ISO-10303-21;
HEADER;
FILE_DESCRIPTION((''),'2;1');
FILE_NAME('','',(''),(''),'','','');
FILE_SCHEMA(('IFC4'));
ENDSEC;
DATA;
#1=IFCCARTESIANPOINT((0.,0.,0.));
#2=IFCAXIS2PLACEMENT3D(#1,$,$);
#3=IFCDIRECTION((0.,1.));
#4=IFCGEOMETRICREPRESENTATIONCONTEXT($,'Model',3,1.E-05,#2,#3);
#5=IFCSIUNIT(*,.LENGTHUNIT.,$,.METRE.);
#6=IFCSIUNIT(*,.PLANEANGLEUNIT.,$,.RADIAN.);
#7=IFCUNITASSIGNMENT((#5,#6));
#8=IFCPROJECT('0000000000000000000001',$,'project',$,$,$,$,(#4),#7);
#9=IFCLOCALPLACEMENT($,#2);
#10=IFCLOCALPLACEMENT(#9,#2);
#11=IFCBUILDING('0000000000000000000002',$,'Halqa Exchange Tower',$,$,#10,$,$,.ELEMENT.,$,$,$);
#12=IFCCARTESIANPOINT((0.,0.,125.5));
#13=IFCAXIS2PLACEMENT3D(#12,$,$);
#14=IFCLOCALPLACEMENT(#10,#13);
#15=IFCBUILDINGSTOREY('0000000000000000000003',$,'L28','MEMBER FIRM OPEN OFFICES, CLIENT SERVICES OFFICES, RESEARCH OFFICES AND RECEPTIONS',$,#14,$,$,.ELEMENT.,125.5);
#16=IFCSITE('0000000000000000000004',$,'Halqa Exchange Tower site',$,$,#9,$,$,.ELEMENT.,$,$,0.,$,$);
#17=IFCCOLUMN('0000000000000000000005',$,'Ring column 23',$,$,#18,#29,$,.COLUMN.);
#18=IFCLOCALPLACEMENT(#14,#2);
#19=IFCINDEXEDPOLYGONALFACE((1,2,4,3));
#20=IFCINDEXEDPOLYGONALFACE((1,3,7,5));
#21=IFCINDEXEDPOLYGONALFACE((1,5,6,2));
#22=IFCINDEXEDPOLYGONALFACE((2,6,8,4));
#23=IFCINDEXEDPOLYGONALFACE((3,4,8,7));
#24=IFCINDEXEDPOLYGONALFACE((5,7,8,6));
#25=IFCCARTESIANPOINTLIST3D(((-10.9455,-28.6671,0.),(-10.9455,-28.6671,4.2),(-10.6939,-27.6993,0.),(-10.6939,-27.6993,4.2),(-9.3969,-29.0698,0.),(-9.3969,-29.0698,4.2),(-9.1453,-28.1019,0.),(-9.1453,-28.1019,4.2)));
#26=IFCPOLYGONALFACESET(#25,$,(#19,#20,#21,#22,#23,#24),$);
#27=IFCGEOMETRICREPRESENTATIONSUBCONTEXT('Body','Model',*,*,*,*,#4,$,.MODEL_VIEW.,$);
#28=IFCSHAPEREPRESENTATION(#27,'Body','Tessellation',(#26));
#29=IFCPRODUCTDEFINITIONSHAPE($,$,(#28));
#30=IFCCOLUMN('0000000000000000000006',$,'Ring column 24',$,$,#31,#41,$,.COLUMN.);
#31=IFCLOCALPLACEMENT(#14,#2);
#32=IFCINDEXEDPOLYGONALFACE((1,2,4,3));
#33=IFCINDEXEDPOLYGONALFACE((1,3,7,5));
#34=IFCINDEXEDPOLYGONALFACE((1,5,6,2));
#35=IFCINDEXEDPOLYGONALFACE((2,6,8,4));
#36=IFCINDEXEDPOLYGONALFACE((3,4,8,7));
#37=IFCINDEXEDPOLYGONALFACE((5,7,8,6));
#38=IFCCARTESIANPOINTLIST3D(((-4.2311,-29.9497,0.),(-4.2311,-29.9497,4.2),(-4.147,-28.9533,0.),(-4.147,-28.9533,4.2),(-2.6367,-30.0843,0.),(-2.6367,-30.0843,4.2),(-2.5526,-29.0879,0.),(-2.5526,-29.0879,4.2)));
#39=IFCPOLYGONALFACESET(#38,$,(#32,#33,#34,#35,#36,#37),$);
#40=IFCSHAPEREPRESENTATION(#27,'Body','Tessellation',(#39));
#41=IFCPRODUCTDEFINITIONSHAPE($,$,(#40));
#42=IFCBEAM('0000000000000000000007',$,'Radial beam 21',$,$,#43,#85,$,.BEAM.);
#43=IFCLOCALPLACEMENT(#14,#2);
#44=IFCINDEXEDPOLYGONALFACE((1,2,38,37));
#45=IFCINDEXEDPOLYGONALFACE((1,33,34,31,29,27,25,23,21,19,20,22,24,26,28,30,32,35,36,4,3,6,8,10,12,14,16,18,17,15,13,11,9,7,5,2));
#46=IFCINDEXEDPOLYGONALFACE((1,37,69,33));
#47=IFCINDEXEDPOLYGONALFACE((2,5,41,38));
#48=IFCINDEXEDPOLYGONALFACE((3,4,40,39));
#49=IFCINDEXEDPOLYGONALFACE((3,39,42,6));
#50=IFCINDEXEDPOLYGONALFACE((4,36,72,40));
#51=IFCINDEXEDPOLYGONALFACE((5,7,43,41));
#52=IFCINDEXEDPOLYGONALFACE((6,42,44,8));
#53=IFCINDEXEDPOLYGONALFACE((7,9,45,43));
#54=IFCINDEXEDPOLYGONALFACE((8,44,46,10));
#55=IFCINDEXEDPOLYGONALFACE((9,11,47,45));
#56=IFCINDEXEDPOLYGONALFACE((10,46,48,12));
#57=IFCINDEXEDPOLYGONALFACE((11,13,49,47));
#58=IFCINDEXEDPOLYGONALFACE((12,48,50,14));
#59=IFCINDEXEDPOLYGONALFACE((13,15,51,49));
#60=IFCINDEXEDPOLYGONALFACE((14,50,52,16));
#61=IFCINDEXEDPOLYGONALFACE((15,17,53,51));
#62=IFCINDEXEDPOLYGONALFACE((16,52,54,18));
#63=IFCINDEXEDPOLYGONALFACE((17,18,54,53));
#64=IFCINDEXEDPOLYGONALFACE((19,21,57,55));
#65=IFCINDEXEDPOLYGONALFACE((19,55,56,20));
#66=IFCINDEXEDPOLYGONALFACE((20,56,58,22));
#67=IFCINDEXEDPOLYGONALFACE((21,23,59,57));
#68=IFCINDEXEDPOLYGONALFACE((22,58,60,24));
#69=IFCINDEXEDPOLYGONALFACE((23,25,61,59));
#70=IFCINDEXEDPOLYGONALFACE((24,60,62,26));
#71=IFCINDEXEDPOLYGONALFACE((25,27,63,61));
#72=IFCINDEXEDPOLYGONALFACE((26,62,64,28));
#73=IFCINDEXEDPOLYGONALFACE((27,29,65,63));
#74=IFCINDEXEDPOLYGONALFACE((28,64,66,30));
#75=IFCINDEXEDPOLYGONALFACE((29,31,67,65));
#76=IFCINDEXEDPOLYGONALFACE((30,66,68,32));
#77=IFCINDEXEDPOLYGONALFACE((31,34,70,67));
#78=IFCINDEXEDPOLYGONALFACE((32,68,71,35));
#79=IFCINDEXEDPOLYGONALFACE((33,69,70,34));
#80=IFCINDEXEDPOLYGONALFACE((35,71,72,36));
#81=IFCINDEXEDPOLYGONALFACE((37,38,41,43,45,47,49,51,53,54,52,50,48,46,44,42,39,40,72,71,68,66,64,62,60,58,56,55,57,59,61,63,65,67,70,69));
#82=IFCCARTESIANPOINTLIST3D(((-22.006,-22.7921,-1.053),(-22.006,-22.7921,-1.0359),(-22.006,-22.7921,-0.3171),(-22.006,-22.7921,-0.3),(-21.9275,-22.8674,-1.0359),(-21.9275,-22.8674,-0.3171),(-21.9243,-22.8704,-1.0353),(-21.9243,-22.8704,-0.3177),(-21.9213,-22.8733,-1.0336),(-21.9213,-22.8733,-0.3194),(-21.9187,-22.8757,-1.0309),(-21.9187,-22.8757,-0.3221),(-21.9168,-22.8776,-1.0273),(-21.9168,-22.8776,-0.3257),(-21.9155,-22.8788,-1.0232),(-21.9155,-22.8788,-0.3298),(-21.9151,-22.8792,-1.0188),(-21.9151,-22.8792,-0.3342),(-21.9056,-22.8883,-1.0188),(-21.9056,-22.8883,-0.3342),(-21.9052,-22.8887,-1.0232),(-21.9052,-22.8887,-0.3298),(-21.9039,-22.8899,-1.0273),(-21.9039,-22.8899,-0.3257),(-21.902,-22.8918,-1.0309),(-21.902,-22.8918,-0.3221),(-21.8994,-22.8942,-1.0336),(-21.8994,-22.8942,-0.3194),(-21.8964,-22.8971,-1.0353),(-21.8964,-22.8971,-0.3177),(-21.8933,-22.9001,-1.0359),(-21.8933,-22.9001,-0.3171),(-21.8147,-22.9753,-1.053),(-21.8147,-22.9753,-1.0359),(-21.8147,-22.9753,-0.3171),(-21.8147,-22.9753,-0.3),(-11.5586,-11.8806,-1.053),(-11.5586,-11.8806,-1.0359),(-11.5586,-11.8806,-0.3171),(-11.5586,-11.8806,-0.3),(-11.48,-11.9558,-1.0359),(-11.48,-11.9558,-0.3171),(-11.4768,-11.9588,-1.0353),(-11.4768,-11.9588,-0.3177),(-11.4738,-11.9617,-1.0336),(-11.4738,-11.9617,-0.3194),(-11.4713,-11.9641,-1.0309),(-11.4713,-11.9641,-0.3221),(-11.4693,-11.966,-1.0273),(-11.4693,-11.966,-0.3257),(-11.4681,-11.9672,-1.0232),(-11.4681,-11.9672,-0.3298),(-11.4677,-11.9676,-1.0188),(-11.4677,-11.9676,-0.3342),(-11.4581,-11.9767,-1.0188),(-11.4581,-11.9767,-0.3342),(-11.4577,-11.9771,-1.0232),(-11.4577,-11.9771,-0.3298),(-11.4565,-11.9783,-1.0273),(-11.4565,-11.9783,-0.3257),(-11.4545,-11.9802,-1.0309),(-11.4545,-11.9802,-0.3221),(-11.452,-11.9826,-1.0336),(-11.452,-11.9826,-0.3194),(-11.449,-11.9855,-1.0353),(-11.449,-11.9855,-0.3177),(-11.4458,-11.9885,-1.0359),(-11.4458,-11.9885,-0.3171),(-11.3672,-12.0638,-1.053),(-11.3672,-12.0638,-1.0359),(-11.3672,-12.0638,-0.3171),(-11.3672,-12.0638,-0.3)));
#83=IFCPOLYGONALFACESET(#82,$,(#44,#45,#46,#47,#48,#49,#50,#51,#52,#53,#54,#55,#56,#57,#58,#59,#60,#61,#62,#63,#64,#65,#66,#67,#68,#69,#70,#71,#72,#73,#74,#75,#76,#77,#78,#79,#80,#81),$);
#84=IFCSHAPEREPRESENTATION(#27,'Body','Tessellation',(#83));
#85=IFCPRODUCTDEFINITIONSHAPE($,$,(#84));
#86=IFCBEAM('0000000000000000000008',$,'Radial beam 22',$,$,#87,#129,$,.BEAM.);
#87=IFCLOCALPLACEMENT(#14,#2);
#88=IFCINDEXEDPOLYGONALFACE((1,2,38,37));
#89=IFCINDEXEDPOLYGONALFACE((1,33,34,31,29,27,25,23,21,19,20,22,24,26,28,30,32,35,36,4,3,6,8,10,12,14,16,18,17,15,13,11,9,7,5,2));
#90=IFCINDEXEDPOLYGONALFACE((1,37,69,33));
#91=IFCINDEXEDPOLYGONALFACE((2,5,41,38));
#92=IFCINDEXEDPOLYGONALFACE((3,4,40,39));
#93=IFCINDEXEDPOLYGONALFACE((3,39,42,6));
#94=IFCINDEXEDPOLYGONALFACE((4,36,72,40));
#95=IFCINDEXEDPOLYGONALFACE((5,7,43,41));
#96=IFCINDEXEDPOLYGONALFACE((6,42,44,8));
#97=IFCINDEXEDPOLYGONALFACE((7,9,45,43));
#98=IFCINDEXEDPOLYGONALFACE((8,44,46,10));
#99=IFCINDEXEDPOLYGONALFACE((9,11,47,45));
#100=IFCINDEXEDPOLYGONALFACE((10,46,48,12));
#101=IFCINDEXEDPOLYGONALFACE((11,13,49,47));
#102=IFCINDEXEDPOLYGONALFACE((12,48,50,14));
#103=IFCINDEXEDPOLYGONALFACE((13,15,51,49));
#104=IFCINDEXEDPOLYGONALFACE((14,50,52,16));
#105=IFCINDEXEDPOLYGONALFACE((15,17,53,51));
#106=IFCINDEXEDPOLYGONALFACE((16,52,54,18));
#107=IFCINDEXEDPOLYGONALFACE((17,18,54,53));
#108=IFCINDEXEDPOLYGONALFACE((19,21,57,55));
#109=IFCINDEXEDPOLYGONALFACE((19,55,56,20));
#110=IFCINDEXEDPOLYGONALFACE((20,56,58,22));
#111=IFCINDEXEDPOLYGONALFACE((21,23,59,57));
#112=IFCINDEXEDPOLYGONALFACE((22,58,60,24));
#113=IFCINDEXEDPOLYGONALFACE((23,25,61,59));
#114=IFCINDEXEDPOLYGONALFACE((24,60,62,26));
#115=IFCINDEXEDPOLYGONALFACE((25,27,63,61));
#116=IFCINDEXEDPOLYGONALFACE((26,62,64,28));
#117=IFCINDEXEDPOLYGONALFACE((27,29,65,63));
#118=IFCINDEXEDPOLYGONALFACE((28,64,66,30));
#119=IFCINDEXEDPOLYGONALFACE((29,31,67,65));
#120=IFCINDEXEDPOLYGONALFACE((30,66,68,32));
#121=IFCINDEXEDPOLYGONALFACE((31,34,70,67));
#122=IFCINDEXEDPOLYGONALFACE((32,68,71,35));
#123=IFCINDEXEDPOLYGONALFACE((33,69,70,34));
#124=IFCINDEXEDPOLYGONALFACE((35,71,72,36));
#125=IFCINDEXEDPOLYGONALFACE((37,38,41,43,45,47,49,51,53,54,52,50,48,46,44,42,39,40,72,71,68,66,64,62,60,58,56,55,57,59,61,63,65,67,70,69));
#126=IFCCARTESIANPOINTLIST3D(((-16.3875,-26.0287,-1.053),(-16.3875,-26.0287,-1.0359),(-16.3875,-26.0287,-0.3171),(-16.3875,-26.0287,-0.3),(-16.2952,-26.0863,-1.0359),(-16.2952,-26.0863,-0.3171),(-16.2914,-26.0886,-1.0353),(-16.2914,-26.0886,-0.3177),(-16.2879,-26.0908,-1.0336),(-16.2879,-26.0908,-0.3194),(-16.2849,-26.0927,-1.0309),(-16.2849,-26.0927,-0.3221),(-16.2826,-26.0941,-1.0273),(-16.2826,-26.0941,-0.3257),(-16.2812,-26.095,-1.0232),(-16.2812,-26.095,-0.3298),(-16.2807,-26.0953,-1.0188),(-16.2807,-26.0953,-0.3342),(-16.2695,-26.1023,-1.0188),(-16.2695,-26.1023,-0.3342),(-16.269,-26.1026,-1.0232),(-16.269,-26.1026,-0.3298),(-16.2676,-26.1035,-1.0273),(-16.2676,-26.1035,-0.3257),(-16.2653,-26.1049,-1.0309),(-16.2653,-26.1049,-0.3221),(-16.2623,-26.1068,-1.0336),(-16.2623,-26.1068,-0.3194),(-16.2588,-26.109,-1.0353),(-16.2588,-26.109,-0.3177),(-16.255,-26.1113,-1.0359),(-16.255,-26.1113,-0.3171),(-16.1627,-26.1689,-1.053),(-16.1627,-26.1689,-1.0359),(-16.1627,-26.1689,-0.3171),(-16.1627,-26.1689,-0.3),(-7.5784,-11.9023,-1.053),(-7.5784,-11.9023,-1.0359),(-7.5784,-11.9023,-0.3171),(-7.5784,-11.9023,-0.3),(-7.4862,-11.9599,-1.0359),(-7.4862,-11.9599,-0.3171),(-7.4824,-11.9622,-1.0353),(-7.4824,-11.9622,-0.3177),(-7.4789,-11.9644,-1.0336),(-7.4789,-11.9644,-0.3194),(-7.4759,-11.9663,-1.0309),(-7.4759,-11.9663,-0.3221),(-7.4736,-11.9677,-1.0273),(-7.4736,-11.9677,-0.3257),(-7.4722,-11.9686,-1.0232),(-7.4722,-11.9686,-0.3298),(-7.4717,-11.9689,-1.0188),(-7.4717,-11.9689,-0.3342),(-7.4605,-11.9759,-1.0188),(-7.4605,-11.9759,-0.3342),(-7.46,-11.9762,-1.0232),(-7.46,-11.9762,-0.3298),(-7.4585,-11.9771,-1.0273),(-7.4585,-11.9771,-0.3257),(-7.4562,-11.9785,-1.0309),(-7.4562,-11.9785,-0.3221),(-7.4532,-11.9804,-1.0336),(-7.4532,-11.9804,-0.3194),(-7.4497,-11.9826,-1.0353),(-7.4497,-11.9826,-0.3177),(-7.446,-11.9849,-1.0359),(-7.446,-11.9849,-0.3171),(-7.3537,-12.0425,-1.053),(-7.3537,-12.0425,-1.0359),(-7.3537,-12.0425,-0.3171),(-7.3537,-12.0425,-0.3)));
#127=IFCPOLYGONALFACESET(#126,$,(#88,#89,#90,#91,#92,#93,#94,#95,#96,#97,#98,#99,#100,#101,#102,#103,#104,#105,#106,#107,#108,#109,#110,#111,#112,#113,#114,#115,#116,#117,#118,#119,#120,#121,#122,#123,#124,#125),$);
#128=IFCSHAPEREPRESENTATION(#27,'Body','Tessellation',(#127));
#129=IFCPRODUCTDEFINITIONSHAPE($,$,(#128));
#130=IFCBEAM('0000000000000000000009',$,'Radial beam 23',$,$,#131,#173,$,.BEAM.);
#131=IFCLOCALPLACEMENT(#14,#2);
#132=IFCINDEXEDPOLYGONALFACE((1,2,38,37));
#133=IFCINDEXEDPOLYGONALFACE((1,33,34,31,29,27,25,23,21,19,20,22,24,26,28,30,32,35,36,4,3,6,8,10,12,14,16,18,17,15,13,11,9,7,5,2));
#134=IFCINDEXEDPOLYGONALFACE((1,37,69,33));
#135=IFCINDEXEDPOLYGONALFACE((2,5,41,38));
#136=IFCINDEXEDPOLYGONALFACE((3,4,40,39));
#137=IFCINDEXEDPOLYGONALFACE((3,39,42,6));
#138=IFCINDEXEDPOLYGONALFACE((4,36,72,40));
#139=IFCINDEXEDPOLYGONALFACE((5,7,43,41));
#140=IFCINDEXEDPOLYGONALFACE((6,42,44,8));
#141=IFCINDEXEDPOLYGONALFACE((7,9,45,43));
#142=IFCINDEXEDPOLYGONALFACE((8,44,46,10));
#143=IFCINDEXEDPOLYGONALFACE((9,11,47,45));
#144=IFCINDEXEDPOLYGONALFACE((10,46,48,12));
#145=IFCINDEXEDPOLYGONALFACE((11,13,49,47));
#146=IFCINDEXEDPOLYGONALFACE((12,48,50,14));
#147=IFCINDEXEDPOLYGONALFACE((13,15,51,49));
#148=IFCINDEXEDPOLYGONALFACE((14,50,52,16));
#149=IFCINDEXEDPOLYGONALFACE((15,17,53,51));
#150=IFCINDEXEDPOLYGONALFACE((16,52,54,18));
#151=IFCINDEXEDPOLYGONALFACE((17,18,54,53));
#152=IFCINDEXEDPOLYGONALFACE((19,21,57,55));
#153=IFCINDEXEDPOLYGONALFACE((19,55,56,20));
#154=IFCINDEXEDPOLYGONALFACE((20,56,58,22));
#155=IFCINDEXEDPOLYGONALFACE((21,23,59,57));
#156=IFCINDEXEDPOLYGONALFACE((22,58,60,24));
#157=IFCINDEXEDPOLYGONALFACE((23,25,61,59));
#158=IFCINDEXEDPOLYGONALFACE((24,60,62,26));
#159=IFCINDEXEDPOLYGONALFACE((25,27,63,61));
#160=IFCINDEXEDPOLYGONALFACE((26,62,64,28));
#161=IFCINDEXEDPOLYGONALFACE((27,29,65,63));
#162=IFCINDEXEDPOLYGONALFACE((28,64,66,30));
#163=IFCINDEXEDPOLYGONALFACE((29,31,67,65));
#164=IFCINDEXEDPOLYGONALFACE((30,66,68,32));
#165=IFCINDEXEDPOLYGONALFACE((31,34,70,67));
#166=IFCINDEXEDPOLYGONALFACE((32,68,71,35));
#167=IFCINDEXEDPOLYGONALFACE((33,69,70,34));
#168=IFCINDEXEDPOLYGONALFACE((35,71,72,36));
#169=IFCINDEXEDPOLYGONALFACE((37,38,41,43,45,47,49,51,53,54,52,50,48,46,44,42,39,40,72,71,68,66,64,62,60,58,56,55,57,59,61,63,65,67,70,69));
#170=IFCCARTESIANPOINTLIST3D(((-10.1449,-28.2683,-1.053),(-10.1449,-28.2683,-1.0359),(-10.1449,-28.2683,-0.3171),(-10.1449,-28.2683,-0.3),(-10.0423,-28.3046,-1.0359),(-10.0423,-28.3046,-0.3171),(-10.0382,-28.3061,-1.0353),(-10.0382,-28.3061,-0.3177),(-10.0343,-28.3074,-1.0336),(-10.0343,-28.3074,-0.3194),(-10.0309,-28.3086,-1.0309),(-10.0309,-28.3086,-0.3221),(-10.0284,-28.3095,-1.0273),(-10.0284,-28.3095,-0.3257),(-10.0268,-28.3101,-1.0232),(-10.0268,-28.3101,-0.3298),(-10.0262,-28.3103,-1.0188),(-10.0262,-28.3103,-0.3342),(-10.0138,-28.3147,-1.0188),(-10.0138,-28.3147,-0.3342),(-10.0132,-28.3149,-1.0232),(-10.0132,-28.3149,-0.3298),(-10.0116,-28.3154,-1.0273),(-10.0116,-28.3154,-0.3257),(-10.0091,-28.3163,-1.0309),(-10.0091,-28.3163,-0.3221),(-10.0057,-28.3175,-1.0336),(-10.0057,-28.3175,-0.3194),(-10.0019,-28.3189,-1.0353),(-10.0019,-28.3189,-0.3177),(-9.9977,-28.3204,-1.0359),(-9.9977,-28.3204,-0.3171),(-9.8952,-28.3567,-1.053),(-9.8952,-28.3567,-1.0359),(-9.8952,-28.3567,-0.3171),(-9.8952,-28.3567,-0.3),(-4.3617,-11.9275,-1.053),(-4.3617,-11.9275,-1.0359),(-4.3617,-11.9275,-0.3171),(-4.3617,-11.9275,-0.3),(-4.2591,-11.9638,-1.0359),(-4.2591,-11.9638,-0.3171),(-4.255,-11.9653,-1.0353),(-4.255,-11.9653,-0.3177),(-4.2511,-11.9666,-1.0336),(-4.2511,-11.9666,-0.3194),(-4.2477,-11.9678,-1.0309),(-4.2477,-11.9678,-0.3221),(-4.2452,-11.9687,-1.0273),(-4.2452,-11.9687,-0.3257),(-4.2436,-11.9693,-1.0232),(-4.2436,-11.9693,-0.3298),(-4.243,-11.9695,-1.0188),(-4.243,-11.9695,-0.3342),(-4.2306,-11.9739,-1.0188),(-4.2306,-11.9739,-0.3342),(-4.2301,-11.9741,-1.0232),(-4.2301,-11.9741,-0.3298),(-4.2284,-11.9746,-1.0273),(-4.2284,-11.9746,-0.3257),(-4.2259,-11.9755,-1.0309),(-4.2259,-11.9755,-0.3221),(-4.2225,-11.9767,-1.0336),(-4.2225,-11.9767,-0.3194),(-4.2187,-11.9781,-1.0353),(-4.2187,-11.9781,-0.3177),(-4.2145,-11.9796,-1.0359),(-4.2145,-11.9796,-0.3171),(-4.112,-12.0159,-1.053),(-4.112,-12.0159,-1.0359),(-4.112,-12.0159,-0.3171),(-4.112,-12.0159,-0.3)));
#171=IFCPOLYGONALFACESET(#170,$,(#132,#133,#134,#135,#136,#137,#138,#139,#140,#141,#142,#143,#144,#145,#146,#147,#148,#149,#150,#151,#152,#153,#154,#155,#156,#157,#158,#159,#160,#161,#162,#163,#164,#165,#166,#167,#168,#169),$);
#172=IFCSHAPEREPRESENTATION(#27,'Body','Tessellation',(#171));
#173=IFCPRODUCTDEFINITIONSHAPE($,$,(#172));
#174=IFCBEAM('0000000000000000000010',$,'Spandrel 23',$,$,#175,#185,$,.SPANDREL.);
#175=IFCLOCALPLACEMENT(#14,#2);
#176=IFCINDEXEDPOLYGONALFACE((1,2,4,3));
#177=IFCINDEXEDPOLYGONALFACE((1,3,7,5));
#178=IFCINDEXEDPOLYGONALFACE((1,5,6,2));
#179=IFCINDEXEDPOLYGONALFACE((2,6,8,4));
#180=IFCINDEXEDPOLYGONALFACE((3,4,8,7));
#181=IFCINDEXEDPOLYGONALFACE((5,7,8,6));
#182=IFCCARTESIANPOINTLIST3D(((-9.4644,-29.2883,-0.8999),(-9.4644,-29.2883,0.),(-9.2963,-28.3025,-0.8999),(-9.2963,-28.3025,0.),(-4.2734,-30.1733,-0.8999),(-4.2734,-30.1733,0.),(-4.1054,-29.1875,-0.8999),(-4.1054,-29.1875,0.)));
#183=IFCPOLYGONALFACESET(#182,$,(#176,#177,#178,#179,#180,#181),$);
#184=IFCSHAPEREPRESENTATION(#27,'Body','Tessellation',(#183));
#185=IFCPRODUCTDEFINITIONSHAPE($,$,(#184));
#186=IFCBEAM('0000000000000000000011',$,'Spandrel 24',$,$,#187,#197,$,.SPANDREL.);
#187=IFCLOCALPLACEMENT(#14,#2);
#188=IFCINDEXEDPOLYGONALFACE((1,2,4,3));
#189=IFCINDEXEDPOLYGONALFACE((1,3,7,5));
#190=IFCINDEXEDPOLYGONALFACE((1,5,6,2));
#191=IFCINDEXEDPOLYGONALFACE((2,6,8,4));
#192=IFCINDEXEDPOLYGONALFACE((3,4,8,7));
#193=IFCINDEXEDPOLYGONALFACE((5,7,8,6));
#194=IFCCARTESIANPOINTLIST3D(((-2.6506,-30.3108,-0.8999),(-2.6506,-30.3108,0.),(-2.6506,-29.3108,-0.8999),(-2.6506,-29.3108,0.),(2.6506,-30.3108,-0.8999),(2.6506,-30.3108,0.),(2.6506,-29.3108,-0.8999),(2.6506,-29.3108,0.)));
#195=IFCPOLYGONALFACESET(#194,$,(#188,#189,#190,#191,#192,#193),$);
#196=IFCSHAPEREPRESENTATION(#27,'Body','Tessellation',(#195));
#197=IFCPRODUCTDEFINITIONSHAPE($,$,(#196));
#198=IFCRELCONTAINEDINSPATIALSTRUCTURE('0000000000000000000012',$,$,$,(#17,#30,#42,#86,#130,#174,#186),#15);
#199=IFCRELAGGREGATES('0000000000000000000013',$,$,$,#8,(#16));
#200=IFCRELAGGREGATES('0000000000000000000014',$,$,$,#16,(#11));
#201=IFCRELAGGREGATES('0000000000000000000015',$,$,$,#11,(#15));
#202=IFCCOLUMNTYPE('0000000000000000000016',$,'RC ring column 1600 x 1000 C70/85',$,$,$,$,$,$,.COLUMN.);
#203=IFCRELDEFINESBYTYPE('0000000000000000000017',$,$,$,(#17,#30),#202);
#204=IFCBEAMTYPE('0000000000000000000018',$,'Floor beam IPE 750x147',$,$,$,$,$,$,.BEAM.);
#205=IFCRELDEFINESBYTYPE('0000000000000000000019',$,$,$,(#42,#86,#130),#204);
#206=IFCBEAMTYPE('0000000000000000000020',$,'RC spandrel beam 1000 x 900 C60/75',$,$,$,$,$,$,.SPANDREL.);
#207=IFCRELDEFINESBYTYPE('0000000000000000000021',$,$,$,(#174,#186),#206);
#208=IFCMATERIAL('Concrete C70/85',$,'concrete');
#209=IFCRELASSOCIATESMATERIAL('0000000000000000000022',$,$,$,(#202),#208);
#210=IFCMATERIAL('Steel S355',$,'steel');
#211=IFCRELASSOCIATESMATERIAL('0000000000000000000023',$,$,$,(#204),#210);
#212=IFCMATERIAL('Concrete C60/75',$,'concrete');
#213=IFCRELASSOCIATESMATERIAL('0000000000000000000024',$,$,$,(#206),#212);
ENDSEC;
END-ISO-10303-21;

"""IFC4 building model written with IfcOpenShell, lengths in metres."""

from ifc_helpers import new_model, si_unit, direction, frame, origin, origin_2d, place, context, subcontext, project, spatial, rectangle, i_section, extrude, material, material_profile, profile_set, type_object, element, save


model = new_model("IFC4")

# Units and contexts
model_context = context("Model", 3, precision=1e-05, world=origin(), true_north=direction((0.0, 1.0)))
body_context = subcontext(model_context, "Body", "Model", "MODEL_VIEW")
ifc_project = project(units=[si_unit("LENGTHUNIT", "METRE"), si_unit("PLANEANGLEUNIT", "RADIAN")], contexts=[model_context])

# Site, building, storey
site_placement = place(None, origin())
site = spatial("IfcSite", under=ifc_project, at=site_placement, Name="Halqa Exchange Tower site", CompositionType="ELEMENT", RefElevation=0.0)
building_placement = place(site_placement, origin())
building = spatial("IfcBuilding", under=site, at=building_placement, Name="Halqa Exchange Tower", CompositionType="ELEMENT")
storey_placement = place(building_placement, frame((0.0, 0.0, 125.5)))
storey = spatial("IfcBuildingStorey", under=building, at=storey_placement, Name="L28", Description="MEMBER FIRM OPEN OFFICES, CLIENT SERVICES OFFICES, RESEARCH OFFICES AND RECEPTIONS", CompositionType="ELEMENT", Elevation=125.5)

# Columns
ifc_material_1 = material(Name="Concrete C70/85", Category="concrete")
ifc_material_profile_1 = material_profile(ifc_material_1, rectangle(XDim=1.6001, YDim=1.0, at=origin_2d()), Name="1600 x 1000")
ifc_profile_set_1 = profile_set([ifc_material_profile_1], Name="Concrete C70/85")
column_type = type_object("IfcColumnType", Name="RC ring column 1600 x 1000 C70/85", PredefinedType="COLUMN", material=ifc_profile_set_1)
for number, where, z_axis, x_axis, name in (
    (1, (-10.0454, -28.3845, 0.0), (0.0, 0.0, 1.0), (0.96782, -0.251645, 0.0), "Ring column 23"),
    (2, (-3.3918, -29.5188, 0.0), (0.0, 0.0, 1.0), (0.996455, -0.084123, 0.0), "Ring column 24"),
):
    element("IfcColumn", number, at=place(storey_placement, frame(where, z_axis=z_axis, x_axis=x_axis)), inside=storey, type_object=column_type, Name=name, PredefinedType="COLUMN", context=body_context, shape_type="SweptSolid", body=[
        extrude(rectangle(XDim=1.6001, YDim=1.0, at=origin_2d()), origin(), (0.0, 0.0, 1.0), 4.2),
    ])

# Beams
ifc_material_2 = material(Name="Steel S355", Category="steel")
ifc_material_profile_2 = material_profile(ifc_material_2, i_section(OverallWidth=0.2649, OverallDepth=0.7529, WebThickness=0.0132, FlangeThickness=0.0171, FilletRadius=0.0171, at=origin_2d()), Name="IPE 750x147")
ifc_profile_set_2 = profile_set([ifc_material_profile_2], Name="Steel S355")
beam_type_1 = type_object("IfcBeamType", Name="Floor beam IPE 750x147", PredefinedType="BEAM", material=ifc_profile_set_2)
beam_1_placement = place(storey_placement, frame((-11.4629, -11.9722, -0.6765), z_axis=(-0.691579, -0.722301, 0.0), x_axis=(0.722301, -0.691579, 0.0)))
element("IfcBeam", 3, at=beam_1_placement, inside=storey, type_object=beam_type_1, Name="Radial beam 21", PredefinedType="BEAM", context=body_context, shape_type="SweptSolid", body=[
    extrude(i_section(OverallWidth=0.2649, OverallDepth=0.7529, WebThickness=0.0132, FlangeThickness=0.0171, FilletRadius=0.0171, at=origin_2d()), origin(), (0.0, 0.0, 1.0), 15.1067),
])
beam_2_placement = place(storey_placement, frame((-7.4661, -11.9724, -0.6765), z_axis=(-0.529137, -0.848537, 0.0), x_axis=(0.848537, -0.529137, 0.0)))
element("IfcBeam", 4, at=beam_2_placement, inside=storey, type_object=beam_type_1, Name="Radial beam 22", PredefinedType="BEAM", context=body_context, shape_type="SweptSolid", body=[
    extrude(i_section(OverallWidth=0.2649, OverallDepth=0.7529, WebThickness=0.0132, FlangeThickness=0.0171, FilletRadius=0.0171, at=origin_2d()), origin(), (0.0, 0.0, 1.0), 16.6479),
])
beam_3_placement = place(storey_placement, frame((-4.2368, -11.9717, -0.6765), z_axis=(-0.333633, -0.942703, 0.0), x_axis=(0.942703, -0.333633, 0.0)))
element("IfcBeam", 5, at=beam_3_placement, inside=storey, type_object=beam_type_1, Name="Radial beam 23", PredefinedType="BEAM", context=body_context, shape_type="SweptSolid", body=[
    extrude(i_section(OverallWidth=0.2649, OverallDepth=0.7529, WebThickness=0.0132, FlangeThickness=0.0171, FilletRadius=0.0171, at=origin_2d()), origin(), (0.0, 0.0, 1.0), 17.334),
])
ifc_material_3 = material(Name="Concrete C60/75", Category="concrete")
ifc_material_profile_3 = material_profile(ifc_material_3, rectangle(XDim=1.0, YDim=0.8999, at=origin_2d()), Name="1000 x 900")
ifc_profile_set_3 = profile_set([ifc_material_profile_3], Name="Concrete C60/75")
beam_type_2 = type_object("IfcBeamType", Name="RC spandrel beam 1000 x 900 C60/75", PredefinedType="SPANDREL", material=ifc_profile_set_3)
beam_4_placement = place(storey_placement, frame((-9.3804, -28.7954, -0.45), z_axis=(0.985776, -0.168067, 0.0), x_axis=(0.168067, 0.985776, 0.0)))
element("IfcBeam", 6, at=beam_4_placement, inside=storey, type_object=beam_type_2, Name="Spandrel 23", PredefinedType="SPANDREL", context=body_context, shape_type="SweptSolid", body=[
    extrude(rectangle(XDim=1.0, YDim=0.8999, at=origin_2d()), origin(), (0.0, 0.0, 1.0), 5.2659),
])
beam_5_placement = place(storey_placement, frame((-2.6506, -29.8108, -0.45), z_axis=(1.0, 0.0, 0.0), x_axis=(0.0, 1.0, 0.0)))
element("IfcBeam", 7, at=beam_5_placement, inside=storey, type_object=beam_type_2, Name="Spandrel 24", PredefinedType="SPANDREL", context=body_context, shape_type="SweptSolid", body=[
    extrude(rectangle(XDim=1.0, YDim=0.8999, at=origin_2d()), origin(), (0.0, 0.0, 1.0), 5.3013),
])

save(model, "model.ifc")
